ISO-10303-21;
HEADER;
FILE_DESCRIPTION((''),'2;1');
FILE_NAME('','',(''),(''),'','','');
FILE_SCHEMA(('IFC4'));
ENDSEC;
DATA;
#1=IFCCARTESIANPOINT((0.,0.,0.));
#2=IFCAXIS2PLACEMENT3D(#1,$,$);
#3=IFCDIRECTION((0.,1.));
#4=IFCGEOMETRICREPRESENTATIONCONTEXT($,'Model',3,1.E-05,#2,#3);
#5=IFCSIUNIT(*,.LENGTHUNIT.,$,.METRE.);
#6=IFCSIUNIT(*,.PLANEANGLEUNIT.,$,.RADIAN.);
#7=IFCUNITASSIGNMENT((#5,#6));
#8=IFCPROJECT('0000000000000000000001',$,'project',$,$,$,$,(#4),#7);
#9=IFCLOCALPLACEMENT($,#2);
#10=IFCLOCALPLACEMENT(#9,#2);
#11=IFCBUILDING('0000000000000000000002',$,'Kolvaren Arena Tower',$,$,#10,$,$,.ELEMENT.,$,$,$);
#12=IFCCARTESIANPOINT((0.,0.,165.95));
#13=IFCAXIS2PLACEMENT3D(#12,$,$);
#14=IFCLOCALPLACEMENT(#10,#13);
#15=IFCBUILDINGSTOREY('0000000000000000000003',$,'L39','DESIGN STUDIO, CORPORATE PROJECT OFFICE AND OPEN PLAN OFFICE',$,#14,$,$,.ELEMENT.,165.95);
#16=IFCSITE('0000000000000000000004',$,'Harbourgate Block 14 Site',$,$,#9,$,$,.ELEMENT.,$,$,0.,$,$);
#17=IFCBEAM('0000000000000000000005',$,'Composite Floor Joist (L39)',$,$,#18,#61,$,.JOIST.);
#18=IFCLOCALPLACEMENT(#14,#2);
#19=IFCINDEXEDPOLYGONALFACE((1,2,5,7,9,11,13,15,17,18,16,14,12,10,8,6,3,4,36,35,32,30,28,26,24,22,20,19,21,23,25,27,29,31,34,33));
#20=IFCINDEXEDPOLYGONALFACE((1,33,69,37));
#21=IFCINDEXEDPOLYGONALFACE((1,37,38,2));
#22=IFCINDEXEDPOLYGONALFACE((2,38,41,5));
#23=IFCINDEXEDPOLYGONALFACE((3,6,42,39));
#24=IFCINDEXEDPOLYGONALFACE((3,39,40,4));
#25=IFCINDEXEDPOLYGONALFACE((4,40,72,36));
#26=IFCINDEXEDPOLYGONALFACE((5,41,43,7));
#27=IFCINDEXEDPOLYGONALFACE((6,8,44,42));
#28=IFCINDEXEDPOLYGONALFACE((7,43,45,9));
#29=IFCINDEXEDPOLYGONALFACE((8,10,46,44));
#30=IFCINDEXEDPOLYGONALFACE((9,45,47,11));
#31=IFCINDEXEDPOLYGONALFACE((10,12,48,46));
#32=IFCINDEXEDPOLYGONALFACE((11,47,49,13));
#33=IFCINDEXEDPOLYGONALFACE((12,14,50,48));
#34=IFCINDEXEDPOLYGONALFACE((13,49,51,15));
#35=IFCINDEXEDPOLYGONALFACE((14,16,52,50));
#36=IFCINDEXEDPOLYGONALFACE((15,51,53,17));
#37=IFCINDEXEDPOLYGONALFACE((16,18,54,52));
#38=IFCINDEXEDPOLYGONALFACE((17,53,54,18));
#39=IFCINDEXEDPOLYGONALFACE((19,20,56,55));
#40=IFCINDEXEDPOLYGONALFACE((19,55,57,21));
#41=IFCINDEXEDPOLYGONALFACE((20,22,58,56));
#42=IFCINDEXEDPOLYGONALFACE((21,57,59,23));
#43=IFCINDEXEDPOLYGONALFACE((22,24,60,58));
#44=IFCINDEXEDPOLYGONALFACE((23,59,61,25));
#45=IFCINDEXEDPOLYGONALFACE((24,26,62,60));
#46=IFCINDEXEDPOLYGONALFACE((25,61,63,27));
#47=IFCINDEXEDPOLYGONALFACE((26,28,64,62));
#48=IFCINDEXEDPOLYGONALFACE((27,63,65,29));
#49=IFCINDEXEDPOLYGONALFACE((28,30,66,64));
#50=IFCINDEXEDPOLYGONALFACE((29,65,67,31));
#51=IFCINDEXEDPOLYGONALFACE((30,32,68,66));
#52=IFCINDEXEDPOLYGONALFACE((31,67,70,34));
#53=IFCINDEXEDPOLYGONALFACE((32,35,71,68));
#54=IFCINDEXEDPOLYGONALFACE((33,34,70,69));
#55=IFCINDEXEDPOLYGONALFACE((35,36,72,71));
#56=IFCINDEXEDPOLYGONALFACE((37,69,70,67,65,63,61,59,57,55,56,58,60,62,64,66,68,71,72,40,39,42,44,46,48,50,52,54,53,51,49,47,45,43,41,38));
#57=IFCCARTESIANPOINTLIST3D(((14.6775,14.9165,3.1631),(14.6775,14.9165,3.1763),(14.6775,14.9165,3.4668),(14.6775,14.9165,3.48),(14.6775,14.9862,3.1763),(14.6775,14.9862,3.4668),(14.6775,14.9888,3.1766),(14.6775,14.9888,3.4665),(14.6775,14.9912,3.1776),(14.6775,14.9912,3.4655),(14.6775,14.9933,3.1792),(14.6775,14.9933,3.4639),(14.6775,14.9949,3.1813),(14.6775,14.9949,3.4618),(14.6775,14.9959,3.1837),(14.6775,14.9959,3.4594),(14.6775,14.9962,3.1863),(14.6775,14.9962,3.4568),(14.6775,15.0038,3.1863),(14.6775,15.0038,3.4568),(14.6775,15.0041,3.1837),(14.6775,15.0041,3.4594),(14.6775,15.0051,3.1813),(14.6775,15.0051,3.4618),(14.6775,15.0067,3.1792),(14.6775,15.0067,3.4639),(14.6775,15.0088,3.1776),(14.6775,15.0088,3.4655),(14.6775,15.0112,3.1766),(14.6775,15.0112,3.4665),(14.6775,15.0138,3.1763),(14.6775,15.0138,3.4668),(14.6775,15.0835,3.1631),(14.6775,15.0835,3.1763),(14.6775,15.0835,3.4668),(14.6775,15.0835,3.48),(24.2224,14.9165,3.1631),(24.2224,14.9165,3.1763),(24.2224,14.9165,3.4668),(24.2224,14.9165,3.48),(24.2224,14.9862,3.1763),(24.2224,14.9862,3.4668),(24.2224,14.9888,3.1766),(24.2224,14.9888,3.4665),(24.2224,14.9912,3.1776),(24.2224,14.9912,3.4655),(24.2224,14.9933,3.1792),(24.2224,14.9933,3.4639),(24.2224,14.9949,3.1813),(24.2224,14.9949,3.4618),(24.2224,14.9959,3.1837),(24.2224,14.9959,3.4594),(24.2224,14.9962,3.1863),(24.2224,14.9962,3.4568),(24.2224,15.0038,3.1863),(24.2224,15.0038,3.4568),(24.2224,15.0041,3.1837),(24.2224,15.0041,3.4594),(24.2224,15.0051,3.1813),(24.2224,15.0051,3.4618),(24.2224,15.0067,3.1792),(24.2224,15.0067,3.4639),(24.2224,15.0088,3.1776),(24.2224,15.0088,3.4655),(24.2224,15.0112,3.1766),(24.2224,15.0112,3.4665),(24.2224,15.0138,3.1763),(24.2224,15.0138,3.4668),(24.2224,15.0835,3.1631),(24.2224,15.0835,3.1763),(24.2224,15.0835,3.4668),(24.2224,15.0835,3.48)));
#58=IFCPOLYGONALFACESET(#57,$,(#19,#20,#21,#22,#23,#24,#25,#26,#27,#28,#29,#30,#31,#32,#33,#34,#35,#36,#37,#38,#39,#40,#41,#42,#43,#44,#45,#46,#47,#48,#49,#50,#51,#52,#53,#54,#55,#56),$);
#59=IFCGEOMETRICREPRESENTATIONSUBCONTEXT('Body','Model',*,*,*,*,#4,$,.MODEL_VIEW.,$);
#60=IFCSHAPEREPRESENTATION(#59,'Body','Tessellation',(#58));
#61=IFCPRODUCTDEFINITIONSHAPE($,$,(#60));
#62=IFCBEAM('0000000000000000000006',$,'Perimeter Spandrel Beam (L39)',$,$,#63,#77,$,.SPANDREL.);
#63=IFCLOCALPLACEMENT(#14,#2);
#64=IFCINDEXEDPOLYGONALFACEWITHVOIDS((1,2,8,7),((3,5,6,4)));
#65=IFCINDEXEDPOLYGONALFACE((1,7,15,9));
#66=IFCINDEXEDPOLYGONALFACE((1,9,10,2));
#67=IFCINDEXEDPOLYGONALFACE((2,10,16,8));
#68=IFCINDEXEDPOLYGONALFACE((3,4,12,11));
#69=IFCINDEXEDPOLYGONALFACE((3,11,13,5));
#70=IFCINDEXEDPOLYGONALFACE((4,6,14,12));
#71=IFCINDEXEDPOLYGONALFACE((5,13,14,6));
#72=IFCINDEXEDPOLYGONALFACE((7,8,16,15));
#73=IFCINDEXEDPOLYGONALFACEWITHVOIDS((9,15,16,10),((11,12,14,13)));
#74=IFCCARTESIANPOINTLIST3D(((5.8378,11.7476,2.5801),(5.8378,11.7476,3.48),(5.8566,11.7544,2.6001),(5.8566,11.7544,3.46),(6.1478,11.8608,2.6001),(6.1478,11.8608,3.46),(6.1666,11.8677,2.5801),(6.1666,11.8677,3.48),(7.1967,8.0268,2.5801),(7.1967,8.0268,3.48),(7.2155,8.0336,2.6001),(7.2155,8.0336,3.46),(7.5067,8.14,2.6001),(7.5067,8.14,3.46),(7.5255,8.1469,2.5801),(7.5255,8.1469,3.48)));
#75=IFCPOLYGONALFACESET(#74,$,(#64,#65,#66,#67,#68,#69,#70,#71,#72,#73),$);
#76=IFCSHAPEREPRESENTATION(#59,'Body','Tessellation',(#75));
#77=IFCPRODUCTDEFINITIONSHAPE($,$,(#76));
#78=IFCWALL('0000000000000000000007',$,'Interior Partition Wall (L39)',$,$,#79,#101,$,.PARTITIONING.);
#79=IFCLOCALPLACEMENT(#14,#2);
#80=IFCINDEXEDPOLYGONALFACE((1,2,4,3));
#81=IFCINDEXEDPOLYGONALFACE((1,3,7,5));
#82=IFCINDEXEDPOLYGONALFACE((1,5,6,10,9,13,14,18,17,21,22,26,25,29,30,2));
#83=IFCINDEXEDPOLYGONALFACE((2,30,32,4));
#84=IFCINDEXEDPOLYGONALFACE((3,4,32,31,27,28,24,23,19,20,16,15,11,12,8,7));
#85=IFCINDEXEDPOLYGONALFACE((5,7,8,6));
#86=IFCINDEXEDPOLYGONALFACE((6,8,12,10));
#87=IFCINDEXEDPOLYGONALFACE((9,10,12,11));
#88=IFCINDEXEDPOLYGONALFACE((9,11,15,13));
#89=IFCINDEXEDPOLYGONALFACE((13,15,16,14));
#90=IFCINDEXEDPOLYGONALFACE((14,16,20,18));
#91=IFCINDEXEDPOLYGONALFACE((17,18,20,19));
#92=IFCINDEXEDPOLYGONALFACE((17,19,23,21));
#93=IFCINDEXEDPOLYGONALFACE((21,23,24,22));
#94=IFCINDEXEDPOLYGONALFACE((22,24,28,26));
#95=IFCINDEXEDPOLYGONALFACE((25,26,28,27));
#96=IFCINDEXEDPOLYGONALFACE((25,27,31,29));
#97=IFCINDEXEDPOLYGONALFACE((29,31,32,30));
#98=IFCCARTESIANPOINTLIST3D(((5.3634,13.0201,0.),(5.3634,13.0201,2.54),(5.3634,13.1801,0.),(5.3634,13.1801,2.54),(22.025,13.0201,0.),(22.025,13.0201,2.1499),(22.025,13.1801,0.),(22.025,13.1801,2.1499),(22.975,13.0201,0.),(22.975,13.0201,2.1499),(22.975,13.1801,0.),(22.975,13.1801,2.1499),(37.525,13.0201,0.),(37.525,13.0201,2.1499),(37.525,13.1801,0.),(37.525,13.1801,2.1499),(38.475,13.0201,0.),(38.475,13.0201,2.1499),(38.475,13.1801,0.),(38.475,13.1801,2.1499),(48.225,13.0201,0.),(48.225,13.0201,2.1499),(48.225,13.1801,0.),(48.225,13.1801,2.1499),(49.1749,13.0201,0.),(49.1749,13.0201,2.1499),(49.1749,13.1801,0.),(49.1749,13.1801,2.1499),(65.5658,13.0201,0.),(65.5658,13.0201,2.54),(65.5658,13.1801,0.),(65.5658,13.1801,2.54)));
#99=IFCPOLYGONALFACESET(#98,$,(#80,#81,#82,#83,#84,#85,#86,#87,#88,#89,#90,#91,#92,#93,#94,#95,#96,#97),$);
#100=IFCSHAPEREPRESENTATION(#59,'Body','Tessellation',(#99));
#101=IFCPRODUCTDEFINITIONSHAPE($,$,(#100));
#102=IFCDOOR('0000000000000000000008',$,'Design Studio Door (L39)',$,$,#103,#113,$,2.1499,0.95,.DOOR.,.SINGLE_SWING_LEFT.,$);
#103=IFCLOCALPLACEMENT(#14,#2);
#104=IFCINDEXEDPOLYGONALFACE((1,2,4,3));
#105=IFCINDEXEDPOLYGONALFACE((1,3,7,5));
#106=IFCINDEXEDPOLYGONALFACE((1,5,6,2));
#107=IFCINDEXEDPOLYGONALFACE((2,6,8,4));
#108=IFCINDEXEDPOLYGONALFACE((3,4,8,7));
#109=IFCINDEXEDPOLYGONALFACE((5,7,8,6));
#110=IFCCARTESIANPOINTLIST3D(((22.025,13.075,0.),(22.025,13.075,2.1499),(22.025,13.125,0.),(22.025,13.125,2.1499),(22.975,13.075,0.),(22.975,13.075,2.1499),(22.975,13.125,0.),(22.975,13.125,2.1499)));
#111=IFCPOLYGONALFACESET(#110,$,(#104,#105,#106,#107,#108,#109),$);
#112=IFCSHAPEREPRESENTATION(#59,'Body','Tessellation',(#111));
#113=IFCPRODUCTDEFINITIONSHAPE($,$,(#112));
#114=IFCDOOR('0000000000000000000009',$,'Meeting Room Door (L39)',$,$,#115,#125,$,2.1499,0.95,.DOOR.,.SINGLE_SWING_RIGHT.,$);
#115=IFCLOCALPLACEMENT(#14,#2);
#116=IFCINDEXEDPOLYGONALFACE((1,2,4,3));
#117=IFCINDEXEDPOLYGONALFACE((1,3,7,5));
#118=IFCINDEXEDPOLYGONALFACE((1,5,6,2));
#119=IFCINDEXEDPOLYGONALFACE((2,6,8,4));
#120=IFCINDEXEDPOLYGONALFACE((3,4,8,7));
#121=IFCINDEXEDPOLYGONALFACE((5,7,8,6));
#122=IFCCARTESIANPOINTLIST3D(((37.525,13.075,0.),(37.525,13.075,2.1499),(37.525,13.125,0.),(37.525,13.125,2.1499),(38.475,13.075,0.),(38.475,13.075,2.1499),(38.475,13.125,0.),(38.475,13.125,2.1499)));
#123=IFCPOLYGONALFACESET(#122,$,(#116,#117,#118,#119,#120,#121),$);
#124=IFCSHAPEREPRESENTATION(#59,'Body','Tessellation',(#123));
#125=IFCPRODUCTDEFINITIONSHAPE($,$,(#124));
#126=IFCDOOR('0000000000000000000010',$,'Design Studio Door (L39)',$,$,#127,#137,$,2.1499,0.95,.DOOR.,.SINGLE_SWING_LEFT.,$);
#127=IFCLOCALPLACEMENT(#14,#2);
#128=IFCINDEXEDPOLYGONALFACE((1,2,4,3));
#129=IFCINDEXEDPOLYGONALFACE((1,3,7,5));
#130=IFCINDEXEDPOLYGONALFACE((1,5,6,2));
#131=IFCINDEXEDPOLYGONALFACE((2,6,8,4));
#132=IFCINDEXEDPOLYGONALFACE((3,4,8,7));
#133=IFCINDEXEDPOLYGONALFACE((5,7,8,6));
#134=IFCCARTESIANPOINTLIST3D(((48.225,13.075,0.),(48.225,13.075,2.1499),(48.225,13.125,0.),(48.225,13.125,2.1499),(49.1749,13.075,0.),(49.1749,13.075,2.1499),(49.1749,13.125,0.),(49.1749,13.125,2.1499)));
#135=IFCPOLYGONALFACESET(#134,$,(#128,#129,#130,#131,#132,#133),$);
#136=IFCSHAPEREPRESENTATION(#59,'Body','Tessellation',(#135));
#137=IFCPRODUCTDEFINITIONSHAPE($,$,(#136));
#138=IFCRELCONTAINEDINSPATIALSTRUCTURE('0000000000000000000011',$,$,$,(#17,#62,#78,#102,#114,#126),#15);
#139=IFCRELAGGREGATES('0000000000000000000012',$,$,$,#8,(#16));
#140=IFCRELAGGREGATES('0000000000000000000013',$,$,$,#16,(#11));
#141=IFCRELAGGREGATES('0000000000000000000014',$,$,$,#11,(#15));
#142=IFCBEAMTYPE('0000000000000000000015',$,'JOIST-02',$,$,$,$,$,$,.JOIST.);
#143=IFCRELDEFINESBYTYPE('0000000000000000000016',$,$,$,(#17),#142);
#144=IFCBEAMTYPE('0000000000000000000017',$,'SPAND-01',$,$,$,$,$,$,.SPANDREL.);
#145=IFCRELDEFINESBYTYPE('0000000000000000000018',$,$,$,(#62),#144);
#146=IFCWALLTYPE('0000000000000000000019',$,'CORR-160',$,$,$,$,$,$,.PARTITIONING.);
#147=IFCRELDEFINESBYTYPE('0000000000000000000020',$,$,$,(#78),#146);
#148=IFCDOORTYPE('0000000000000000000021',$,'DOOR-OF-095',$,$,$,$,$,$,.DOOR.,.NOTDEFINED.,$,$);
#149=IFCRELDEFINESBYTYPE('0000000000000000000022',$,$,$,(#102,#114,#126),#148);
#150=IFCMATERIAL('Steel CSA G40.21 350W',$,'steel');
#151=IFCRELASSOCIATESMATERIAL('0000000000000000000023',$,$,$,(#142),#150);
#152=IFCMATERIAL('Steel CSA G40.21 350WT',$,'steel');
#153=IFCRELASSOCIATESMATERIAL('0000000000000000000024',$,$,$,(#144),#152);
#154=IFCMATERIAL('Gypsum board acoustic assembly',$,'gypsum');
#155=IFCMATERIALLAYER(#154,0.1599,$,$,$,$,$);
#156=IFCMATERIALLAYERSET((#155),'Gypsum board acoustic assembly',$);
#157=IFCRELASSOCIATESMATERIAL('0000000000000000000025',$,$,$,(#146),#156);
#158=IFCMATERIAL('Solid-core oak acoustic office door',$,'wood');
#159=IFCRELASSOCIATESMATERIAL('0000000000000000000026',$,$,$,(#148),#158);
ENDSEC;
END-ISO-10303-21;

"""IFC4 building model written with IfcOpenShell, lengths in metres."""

from ifc_helpers import new_model, si_unit, direction, frame, frame_2d, origin, origin_2d, place, context, subcontext, project, spatial, rectangle, hollow_rectangle, i_section, extrude, material, layer, layer_set, material_profile, profile_set, type_object, element, fill, save


model = new_model("IFC4")

# Units and contexts
model_context = context("Model", 3, precision=1e-05, world=origin(), true_north=direction((0.0, 1.0)))
body_context = subcontext(model_context, "Body", "Model", "MODEL_VIEW")
ifc_project = project(units=[si_unit("LENGTHUNIT", "METRE"), si_unit("PLANEANGLEUNIT", "RADIAN")], contexts=[model_context])

# Site, building, storey
site_placement = place(None, origin())
site = spatial("IfcSite", under=ifc_project, at=site_placement, Name="Harbourgate Block 14 Site", CompositionType="ELEMENT", RefElevation=0.0)
building_placement = place(site_placement, origin())
building = spatial("IfcBuilding", under=site, at=building_placement, Name="Kolvaren Arena Tower", CompositionType="ELEMENT")
storey_placement = place(building_placement, frame((0.0, 0.0, 165.95)))
storey = spatial("IfcBuildingStorey", under=building, at=storey_placement, Name="L39", Description="DESIGN STUDIO, CORPORATE PROJECT OFFICE AND OPEN PLAN OFFICE", CompositionType="ELEMENT", Elevation=165.95)

# Beams
ifc_material_1 = material(Name="Steel CSA G40.21 350W", Category="steel")
ifc_material_profile_1 = material_profile(ifc_material_1, i_section(OverallWidth=0.167, OverallDepth=0.3169, WebThickness=0.0076, FlangeThickness=0.0132, FilletRadius=0.01, at=origin_2d()), Name="W310x52")
ifc_profile_set_1 = profile_set([ifc_material_profile_1], Name="Steel CSA G40.21 350W")
beam_type_1 = type_object("IfcBeamType", Name="JOIST-02", PredefinedType="JOIST", material=ifc_profile_set_1)
beam_1_placement = place(storey_placement, frame((14.6775, 15.0, 3.3215), z_axis=(1.0, 0.0, 0.0), x_axis=(0.0, 1.0, 0.0)))
element("IfcBeam", 1, at=beam_1_placement, inside=storey, type_object=beam_type_1, Name="Composite Floor Joist (L39)", PredefinedType="JOIST", context=body_context, shape_type="SweptSolid", body=[
    extrude(i_section(OverallWidth=0.167, OverallDepth=0.3169, WebThickness=0.0076, FlangeThickness=0.0132, FilletRadius=0.01, at=origin_2d()), origin(), (0.0, 0.0, 1.0), 9.5449),
])
ifc_material_2 = material(Name="Steel CSA G40.21 350WT", Category="steel")
ifc_material_profile_2 = material_profile(ifc_material_2, hollow_rectangle(XDim=0.3501, YDim=0.8999, WallThickness=0.02, at=origin_2d()), Name="HSS 900x350x20")
ifc_profile_set_2 = profile_set([ifc_material_profile_2], Name="Steel CSA G40.21 350WT")
beam_type_2 = type_object("IfcBeamType", Name="SPAND-01", PredefinedType="SPANDREL", material=ifc_profile_set_2)
beam_2_placement = place(storey_placement, frame((6.0022, 11.8076, 3.03), z_axis=(0.343059, -0.939314, 0.0), x_axis=(0.939314, 0.343059, 0.0)))
element("IfcBeam", 2, at=beam_2_placement, inside=storey, type_object=beam_type_2, Name="Perimeter Spandrel Beam (L39)", PredefinedType="SPANDREL", context=body_context, shape_type="SweptSolid", body=[
    extrude(hollow_rectangle(XDim=0.3501, YDim=0.8999, WallThickness=0.02, at=origin_2d()), origin(), (0.0, 0.0, 1.0), 3.9612),
])

# Wall, openings, doors
ifc_material_3 = material(Name="Gypsum board acoustic assembly", Category="gypsum")
ifc_layer_1 = layer(ifc_material_3, 0.1599)
ifc_layer_set_1 = layer_set([ifc_layer_1], Name="Gypsum board acoustic assembly")
wall_type_1 = type_object("IfcWallType", Name="CORR-160", PredefinedType="PARTITIONING", material=ifc_layer_set_1)
wall_1_placement = place(storey_placement, frame((5.3635, 13.1001, 0.0), z_axis=(0.0, 0.0, 1.0), x_axis=(1.0, 0.0, 0.0)))
wall_1 = element("IfcWall", 3, at=wall_1_placement, inside=storey, type_object=wall_type_1, Name="Interior Partition Wall (L39)", PredefinedType="PARTITIONING", context=body_context, shape_type="SweptSolid", body=[
    extrude(rectangle(XDim=60.2024, YDim=0.1599, at=frame_2d((30.1011, 0.0))), origin(), (0.0, 0.0, 1.0), 2.54),
])
opening_1_placement = place(wall_1_placement, frame((16.6614, 0.0, 0.0)))
opening_1 = element("IfcOpeningElement", 4, at=opening_1_placement, cuts=wall_1, PredefinedType="OPENING", context=body_context, shape_type="SweptSolid", body=[
    extrude(rectangle(XDim=0.95, YDim=2.1499, at=frame_2d((0.4751, 1.075))), frame((0.0, 0.0898, 0.0), z_axis=(0.0, -1.0, 0.0), x_axis=(1.0, 0.0, 0.0)), (0.0, 0.0, 1.0), 0.1799),
])
opening_2_placement = place(wall_1_placement, frame((32.1614, 0.0, 0.0)))
opening_2 = element("IfcOpeningElement", 5, at=opening_2_placement, cuts=wall_1, PredefinedType="OPENING", context=body_context, shape_type="SweptSolid", body=[
    extrude(rectangle(XDim=0.95, YDim=2.1499, at=frame_2d((0.4751, 1.075))), frame((0.0, 0.0898, 0.0), z_axis=(0.0, -1.0, 0.0), x_axis=(1.0, 0.0, 0.0)), (0.0, 0.0, 1.0), 0.1799),
])
opening_3_placement = place(wall_1_placement, frame((42.8613, 0.0, 0.0)))
opening_3 = element("IfcOpeningElement", 6, at=opening_3_placement, cuts=wall_1, PredefinedType="OPENING", context=body_context, shape_type="SweptSolid", body=[
    extrude(rectangle(XDim=0.95, YDim=2.1499, at=frame_2d((0.4751, 1.075))), frame((0.0, 0.0898, 0.0), z_axis=(0.0, -1.0, 0.0), x_axis=(1.0, 0.0, 0.0)), (0.0, 0.0, 1.0), 0.1799),
])
ifc_material_4 = material(Name="Solid-core oak acoustic office door", Category="wood")
door_type = type_object("IfcDoorType", Name="DOOR-OF-095", OperationType="NOTDEFINED", PredefinedType="DOOR", material=ifc_material_4)
door_1_placement = place(opening_1_placement, origin())
door_1 = element("IfcDoor", 7, at=door_1_placement, inside=storey, type_object=door_type, Name="Design Studio Door (L39)", OperationType="SINGLE_SWING_LEFT", OverallHeight=2.1499, OverallWidth=0.95, PredefinedType="DOOR", context=body_context, shape_type="SweptSolid", body=[
    extrude(rectangle(XDim=0.95, YDim=2.1499, at=frame_2d((0.4751, 1.075))), frame((0.0, 0.0249, 0.0), z_axis=(0.0, -1.0, 0.0), x_axis=(1.0, 0.0, 0.0)), (0.0, 0.0, 1.0), 0.05),
])
fill(opening_1, door_1)
door_2_placement = place(opening_2_placement, origin())
door_2 = element("IfcDoor", 8, at=door_2_placement, inside=storey, type_object=door_type, Name="Meeting Room Door (L39)", OperationType="SINGLE_SWING_RIGHT", OverallHeight=2.1499, OverallWidth=0.95, PredefinedType="DOOR", context=body_context, shape_type="SweptSolid", body=[
    extrude(rectangle(XDim=0.95, YDim=2.1499, at=frame_2d((0.4751, 1.075))), frame((0.0, 0.0249, 0.0), z_axis=(0.0, -1.0, 0.0), x_axis=(1.0, 0.0, 0.0)), (0.0, 0.0, 1.0), 0.05),
])
fill(opening_2, door_2)
door_3_placement = place(opening_3_placement, origin())
door_3 = element("IfcDoor", 9, at=door_3_placement, inside=storey, type_object=door_type, Name="Design Studio Door (L39)", OperationType="SINGLE_SWING_LEFT", OverallHeight=2.1499, OverallWidth=0.95, PredefinedType="DOOR", context=body_context, shape_type="SweptSolid", body=[
    extrude(rectangle(XDim=0.95, YDim=2.1499, at=frame_2d((0.4751, 1.075))), frame((0.0, 0.0249, 0.0), z_axis=(0.0, -1.0, 0.0), x_axis=(1.0, 0.0, 0.0)), (0.0, 0.0, 1.0), 0.05),
])
fill(opening_3, door_3)

save(model, "model.ifc")
